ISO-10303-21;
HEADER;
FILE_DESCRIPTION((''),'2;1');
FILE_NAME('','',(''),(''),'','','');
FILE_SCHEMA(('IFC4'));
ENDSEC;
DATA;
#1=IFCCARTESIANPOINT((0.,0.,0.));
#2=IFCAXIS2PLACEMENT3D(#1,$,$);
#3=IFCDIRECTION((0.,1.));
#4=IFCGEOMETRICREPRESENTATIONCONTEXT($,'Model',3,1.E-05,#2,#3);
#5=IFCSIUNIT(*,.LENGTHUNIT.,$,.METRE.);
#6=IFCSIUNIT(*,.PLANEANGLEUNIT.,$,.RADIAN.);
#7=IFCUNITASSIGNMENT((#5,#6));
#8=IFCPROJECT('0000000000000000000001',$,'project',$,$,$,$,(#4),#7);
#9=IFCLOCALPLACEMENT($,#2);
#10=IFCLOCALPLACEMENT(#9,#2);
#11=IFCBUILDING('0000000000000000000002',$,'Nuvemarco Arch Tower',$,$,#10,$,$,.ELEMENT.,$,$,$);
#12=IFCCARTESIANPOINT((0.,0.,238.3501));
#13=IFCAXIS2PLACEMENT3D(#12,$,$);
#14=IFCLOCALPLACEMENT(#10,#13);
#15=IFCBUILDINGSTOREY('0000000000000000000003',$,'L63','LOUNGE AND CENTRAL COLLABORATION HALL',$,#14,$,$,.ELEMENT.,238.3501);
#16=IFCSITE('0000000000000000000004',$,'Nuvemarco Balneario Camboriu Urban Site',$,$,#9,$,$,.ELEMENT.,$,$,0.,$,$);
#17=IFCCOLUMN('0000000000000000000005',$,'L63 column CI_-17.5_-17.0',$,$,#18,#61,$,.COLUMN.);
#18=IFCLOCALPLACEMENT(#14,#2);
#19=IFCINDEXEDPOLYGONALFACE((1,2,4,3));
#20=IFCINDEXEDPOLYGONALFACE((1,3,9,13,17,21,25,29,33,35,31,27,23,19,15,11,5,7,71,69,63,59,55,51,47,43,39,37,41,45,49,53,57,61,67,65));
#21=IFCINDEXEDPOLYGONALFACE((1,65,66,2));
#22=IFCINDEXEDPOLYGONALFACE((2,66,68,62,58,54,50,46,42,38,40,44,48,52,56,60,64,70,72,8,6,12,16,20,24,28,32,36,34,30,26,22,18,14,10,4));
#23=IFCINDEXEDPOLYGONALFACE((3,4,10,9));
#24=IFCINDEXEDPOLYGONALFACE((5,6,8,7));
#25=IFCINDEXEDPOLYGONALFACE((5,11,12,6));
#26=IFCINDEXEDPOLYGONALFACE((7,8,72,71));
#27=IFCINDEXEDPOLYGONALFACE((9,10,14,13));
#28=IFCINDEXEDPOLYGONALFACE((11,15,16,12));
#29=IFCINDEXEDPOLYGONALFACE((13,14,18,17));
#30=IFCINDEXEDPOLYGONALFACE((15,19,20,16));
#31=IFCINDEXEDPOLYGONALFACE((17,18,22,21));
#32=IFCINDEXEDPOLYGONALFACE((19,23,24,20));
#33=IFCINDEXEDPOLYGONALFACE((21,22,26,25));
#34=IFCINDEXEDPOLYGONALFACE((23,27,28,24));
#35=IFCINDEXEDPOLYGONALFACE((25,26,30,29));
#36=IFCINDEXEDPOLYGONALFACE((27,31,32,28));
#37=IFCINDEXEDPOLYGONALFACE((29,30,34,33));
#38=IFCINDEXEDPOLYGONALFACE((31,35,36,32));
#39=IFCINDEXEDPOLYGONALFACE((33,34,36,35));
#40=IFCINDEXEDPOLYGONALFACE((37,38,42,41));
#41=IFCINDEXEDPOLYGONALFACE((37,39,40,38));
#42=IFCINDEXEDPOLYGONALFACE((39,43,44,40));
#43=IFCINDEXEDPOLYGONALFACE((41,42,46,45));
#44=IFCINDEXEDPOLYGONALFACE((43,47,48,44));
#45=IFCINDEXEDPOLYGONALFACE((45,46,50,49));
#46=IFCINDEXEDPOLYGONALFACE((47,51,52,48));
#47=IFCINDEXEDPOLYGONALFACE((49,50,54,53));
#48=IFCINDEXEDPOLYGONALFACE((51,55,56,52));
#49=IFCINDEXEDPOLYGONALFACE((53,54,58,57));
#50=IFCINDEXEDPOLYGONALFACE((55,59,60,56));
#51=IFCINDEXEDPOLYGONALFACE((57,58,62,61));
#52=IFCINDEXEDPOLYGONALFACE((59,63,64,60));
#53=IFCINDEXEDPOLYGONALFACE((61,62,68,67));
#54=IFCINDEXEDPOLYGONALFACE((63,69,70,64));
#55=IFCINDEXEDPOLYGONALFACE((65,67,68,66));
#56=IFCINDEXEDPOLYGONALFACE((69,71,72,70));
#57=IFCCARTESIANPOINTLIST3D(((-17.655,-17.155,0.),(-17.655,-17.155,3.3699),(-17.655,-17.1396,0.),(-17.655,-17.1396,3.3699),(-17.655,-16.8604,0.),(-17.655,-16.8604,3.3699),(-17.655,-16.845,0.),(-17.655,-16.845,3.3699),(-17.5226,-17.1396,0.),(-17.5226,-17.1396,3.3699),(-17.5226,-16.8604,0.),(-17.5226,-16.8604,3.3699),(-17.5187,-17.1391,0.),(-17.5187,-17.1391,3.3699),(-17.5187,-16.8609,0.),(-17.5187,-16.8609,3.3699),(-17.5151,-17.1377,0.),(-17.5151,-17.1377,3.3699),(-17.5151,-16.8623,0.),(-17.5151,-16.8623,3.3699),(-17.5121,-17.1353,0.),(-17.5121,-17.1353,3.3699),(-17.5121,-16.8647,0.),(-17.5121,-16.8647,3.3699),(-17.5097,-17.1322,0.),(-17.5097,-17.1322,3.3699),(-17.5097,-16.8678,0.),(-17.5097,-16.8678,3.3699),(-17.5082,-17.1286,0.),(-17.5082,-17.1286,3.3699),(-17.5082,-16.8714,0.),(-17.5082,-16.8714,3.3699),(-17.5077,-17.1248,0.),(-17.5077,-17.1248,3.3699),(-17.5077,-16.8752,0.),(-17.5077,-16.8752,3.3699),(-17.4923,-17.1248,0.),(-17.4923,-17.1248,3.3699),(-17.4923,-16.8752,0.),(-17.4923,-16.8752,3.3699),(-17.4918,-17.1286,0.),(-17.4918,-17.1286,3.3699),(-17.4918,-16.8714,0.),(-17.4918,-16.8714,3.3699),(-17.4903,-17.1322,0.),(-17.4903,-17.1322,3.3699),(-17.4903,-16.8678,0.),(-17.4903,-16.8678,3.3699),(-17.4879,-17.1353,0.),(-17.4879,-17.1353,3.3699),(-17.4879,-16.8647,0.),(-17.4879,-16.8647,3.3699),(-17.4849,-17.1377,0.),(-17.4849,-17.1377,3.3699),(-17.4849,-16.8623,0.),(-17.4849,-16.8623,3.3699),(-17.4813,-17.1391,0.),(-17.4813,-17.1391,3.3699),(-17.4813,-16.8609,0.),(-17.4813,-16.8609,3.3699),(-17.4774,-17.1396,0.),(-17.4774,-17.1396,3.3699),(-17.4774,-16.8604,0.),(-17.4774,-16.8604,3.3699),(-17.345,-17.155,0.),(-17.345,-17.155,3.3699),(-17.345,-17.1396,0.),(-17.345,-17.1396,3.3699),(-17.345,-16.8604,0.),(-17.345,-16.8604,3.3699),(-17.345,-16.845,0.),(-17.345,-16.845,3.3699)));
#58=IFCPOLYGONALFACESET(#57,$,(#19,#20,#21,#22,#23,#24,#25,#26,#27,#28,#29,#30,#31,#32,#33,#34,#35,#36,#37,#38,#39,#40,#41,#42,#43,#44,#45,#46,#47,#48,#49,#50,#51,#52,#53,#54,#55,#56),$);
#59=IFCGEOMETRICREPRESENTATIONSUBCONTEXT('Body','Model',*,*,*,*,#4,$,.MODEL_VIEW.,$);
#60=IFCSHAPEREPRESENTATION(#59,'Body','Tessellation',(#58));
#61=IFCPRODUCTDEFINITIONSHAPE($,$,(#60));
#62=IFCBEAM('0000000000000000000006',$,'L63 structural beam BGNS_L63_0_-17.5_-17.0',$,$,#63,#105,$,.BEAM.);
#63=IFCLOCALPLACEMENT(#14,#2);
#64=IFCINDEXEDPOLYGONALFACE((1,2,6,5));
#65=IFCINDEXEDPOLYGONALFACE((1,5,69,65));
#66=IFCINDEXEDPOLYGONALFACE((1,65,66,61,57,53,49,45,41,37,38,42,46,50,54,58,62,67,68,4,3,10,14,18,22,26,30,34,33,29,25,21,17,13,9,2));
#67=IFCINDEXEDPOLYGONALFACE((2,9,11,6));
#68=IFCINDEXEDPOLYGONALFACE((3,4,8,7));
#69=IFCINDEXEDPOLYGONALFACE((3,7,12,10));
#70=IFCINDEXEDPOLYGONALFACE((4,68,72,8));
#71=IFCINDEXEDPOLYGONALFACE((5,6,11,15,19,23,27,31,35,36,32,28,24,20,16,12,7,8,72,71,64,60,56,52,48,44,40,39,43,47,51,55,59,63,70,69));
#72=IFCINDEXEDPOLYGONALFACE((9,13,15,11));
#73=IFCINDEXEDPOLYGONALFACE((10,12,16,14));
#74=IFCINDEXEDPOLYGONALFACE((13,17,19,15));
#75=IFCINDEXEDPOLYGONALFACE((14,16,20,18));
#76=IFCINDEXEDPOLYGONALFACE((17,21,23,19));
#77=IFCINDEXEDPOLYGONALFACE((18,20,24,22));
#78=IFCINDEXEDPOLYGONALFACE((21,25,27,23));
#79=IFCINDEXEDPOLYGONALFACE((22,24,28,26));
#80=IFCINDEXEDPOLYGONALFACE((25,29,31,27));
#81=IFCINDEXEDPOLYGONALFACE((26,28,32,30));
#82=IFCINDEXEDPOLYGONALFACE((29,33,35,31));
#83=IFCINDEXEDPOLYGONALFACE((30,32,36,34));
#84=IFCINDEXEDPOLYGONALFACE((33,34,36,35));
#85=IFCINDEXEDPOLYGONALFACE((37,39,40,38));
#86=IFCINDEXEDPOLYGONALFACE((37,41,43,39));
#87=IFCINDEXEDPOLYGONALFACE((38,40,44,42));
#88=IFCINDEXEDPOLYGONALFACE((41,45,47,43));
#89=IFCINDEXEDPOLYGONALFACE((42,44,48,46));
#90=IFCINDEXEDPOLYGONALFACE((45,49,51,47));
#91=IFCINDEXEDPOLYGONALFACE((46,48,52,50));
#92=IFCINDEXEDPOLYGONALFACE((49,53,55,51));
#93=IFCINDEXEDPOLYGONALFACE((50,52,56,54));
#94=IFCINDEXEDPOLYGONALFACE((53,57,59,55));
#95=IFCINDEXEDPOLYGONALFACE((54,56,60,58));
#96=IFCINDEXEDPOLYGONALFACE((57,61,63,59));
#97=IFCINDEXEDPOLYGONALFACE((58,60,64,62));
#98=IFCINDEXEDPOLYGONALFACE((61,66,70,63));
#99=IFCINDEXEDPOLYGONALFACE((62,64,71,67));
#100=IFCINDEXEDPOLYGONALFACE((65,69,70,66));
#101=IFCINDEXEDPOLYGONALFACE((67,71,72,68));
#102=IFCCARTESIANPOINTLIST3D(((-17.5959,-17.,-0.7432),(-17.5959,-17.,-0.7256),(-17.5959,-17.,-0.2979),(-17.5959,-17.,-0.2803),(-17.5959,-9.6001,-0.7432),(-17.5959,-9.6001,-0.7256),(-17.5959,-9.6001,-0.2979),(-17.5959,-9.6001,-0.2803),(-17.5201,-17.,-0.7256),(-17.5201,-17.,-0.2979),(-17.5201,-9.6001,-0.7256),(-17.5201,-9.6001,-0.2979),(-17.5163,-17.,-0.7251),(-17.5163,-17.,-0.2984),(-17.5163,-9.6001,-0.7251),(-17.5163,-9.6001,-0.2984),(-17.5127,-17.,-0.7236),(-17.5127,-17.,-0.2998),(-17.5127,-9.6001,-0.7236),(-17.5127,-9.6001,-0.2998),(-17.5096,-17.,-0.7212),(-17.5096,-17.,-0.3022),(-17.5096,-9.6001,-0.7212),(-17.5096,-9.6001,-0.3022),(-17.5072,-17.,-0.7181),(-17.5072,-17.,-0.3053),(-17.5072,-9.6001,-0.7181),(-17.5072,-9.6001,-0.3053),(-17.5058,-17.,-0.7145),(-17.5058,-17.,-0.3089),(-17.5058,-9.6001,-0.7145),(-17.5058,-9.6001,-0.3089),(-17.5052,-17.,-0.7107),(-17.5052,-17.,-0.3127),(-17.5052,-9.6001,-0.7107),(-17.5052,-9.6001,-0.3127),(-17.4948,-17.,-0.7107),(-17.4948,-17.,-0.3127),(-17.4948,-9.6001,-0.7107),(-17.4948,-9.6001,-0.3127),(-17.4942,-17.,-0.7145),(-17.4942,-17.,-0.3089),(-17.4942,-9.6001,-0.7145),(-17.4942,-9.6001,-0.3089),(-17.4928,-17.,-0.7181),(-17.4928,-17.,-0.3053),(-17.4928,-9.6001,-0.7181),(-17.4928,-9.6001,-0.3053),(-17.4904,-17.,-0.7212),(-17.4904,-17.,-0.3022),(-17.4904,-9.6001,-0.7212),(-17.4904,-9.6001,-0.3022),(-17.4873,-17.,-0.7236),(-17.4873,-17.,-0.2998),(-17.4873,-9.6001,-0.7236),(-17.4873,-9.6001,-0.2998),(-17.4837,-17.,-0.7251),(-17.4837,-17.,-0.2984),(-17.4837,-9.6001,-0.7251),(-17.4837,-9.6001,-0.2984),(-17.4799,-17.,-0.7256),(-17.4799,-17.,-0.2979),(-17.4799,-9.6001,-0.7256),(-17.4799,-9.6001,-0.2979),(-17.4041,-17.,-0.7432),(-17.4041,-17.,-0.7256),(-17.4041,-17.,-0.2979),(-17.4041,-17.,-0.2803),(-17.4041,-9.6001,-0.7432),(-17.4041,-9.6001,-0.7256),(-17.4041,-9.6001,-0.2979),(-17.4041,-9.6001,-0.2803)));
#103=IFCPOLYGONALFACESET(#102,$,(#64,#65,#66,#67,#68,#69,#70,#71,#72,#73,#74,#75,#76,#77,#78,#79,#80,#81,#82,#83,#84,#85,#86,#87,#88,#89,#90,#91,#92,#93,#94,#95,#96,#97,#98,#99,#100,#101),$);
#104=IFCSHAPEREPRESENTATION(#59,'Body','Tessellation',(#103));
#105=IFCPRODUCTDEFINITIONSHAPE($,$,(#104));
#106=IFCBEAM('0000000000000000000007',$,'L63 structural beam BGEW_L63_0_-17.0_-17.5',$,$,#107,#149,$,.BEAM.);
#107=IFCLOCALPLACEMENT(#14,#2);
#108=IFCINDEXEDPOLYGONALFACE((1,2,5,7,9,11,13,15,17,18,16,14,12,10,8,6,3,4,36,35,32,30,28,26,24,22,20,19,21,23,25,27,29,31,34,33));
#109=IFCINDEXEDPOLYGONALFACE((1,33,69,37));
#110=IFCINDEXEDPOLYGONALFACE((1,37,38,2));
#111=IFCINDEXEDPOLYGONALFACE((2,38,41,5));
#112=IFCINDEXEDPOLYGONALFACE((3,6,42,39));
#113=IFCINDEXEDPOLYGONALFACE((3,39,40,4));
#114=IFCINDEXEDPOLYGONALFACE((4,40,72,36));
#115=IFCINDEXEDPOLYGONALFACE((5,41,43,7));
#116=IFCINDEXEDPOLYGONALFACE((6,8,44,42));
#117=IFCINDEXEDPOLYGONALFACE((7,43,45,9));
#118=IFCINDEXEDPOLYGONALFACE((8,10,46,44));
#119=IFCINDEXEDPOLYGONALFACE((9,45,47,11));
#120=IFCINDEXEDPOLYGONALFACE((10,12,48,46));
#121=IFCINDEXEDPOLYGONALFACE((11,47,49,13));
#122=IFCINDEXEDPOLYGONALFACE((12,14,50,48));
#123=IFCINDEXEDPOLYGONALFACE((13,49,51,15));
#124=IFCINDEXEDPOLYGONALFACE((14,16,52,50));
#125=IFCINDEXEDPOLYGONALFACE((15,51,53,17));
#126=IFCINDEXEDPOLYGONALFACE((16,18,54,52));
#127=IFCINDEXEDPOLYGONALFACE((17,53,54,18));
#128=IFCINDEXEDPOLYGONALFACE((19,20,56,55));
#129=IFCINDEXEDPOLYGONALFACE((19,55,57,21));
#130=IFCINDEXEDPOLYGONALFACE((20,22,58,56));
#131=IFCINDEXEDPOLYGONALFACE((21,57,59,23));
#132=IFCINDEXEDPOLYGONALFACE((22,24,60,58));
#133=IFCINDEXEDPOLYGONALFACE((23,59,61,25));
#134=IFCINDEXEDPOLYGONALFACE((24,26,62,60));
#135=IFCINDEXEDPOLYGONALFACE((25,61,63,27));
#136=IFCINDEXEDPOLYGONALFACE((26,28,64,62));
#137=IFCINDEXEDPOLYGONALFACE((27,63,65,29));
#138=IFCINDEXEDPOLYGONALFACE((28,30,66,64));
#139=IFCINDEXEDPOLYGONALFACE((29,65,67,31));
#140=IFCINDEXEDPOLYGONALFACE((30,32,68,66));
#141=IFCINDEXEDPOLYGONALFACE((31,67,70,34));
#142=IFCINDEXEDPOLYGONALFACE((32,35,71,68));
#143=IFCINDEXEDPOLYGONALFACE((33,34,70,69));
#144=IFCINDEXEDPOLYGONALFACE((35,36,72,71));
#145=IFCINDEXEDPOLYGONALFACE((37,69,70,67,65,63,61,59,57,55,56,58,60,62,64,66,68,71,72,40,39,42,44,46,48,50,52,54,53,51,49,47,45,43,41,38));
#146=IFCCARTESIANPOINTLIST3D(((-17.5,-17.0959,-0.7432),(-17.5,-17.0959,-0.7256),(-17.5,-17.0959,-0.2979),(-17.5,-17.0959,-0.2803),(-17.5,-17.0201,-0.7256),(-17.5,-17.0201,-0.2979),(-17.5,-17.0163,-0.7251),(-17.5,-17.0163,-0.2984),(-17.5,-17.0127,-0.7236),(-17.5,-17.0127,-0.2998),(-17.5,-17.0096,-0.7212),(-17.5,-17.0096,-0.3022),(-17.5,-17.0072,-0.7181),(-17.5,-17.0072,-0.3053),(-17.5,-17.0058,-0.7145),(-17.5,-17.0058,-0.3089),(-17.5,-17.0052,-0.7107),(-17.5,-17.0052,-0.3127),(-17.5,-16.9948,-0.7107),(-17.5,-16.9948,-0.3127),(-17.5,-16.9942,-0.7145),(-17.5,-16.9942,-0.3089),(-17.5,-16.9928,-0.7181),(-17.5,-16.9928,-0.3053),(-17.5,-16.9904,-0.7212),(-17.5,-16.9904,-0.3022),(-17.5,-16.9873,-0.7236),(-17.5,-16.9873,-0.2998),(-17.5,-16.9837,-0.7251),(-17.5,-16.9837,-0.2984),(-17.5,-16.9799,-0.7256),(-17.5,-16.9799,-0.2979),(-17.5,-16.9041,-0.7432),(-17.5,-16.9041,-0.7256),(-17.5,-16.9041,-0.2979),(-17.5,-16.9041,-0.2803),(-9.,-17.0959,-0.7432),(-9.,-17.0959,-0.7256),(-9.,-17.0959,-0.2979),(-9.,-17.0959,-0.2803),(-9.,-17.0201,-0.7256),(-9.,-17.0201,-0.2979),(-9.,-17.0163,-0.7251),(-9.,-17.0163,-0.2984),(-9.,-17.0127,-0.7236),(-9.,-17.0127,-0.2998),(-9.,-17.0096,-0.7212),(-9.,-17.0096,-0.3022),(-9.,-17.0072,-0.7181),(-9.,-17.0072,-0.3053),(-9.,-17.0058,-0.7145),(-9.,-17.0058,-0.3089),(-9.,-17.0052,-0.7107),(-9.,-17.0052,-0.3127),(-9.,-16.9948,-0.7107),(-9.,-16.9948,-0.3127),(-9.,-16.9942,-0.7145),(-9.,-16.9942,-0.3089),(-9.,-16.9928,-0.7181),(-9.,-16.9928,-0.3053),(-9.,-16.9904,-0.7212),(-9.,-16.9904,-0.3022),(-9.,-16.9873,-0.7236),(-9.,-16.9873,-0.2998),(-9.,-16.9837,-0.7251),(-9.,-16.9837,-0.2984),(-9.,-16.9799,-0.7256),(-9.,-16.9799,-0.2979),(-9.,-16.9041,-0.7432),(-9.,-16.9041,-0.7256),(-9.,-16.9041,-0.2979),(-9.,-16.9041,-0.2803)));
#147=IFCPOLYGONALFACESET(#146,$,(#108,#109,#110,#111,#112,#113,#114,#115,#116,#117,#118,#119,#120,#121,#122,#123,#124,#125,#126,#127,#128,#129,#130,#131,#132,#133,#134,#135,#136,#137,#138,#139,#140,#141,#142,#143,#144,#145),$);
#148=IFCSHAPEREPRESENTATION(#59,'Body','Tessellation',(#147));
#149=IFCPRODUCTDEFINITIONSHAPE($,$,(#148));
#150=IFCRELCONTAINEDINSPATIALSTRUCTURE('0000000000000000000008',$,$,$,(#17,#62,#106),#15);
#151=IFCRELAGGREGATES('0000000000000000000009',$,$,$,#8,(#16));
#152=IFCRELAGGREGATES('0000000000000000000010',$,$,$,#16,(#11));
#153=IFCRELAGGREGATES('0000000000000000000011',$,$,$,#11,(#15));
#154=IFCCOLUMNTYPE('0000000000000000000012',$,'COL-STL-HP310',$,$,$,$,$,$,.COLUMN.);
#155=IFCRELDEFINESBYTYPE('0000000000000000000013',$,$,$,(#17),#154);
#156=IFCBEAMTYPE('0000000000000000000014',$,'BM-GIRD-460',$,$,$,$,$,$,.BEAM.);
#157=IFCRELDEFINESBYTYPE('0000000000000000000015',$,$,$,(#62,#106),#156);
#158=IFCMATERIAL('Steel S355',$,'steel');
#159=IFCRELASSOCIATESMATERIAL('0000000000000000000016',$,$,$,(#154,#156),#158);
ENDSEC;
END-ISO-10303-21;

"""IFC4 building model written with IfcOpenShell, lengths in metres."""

from ifc_helpers import new_model, si_unit, direction, frame, origin, origin_2d, place, context, subcontext, project, spatial, i_section, extrude, material, material_profile, profile_set, type_object, element, save


model = new_model("IFC4")

# Units and contexts
model_context = context("Model", 3, precision=1e-05, world=origin(), true_north=direction((0.0, 1.0)))
body_context = subcontext(model_context, "Body", "Model", "MODEL_VIEW")
ifc_project = project(units=[si_unit("LENGTHUNIT", "METRE"), si_unit("PLANEANGLEUNIT", "RADIAN")], contexts=[model_context])

# Site, building, storey
site_placement = place(None, origin())
site = spatial("IfcSite", under=ifc_project, at=site_placement, Name="Nuvemarco Balneario Camboriu Urban Site", CompositionType="ELEMENT", RefElevation=0.0)
building_placement = place(site_placement, origin())
building = spatial("IfcBuilding", under=site, at=building_placement, Name="Nuvemarco Arch Tower", CompositionType="ELEMENT")
storey_placement = place(building_placement, frame((0.0, 0.0, 238.3501)))
storey = spatial("IfcBuildingStorey", under=building, at=storey_placement, Name="L63", Description="LOUNGE AND CENTRAL COLLABORATION HALL", CompositionType="ELEMENT", Elevation=238.3501)

# Column
ifc_material_1 = material(Name="Steel S355", Category="steel")
ifc_material_profile_1 = material_profile(ifc_material_1, i_section(OverallWidth=0.3101, OverallDepth=0.3101, WebThickness=0.0154, FlangeThickness=0.0154, FilletRadius=0.0149, at=origin_2d()), Name="HP310x110")
ifc_profile_set_1 = profile_set([ifc_material_profile_1], Name="Steel S355")
column_type = type_object("IfcColumnType", Name="COL-STL-HP310", PredefinedType="COLUMN", material=ifc_profile_set_1)
column_placement = place(storey_placement, frame((-17.5, -17.0, 0.0), z_axis=(0.0, 0.0, 1.0), x_axis=(1.0, 0.0, 0.0)))
element("IfcColumn", 1, at=column_placement, inside=storey, type_object=column_type, Name="L63 column CI_-17.5_-17.0", PredefinedType="COLUMN", context=body_context, shape_type="SweptSolid", body=[
    extrude(i_section(OverallWidth=0.3101, OverallDepth=0.3101, WebThickness=0.0154, FlangeThickness=0.0154, FilletRadius=0.0149, at=origin_2d()), origin(), (0.0, 0.0, 1.0), 3.3699),
])

# Beams
ifc_material_profile_2 = material_profile(ifc_material_1, i_section(OverallWidth=0.1919, OverallDepth=0.4629, WebThickness=0.0105, FlangeThickness=0.0176, FilletRadius=0.0149, at=origin_2d()), Name="W460x89")
ifc_profile_set_2 = profile_set([ifc_material_profile_2], Name="Steel S355")
beam_type = type_object("IfcBeamType", Name="BM-GIRD-460", PredefinedType="BEAM", material=ifc_profile_set_2)
beam_1_placement = place(storey_placement, frame((-17.5, -17.0, -0.5117), z_axis=(0.0, 1.0, 0.0), x_axis=(-1.0, 0.0, 0.0)))
element("IfcBeam", 2, at=beam_1_placement, inside=storey, type_object=beam_type, Name="L63 structural beam BGNS_L63_0_-17.5_-17.0", PredefinedType="BEAM", context=body_context, shape_type="SweptSolid", body=[
    extrude(i_section(OverallWidth=0.1919, OverallDepth=0.4629, WebThickness=0.0105, FlangeThickness=0.0176, FilletRadius=0.0149, at=origin_2d()), origin(), (0.0, 0.0, 1.0), 7.3999),
])
beam_2_placement = place(storey_placement, frame((-17.5, -17.0, -0.5117), z_axis=(1.0, 0.0, 0.0), x_axis=(0.0, 1.0, 0.0)))
element("IfcBeam", 3, at=beam_2_placement, inside=storey, type_object=beam_type, Name="L63 structural beam BGEW_L63_0_-17.0_-17.5", PredefinedType="BEAM", context=body_context, shape_type="SweptSolid", body=[
    extrude(i_section(OverallWidth=0.1919, OverallDepth=0.4629, WebThickness=0.0105, FlangeThickness=0.0176, FilletRadius=0.0149, at=origin_2d()), origin(), (0.0, 0.0, 1.0), 8.5),
])

save(model, "model.ifc")
